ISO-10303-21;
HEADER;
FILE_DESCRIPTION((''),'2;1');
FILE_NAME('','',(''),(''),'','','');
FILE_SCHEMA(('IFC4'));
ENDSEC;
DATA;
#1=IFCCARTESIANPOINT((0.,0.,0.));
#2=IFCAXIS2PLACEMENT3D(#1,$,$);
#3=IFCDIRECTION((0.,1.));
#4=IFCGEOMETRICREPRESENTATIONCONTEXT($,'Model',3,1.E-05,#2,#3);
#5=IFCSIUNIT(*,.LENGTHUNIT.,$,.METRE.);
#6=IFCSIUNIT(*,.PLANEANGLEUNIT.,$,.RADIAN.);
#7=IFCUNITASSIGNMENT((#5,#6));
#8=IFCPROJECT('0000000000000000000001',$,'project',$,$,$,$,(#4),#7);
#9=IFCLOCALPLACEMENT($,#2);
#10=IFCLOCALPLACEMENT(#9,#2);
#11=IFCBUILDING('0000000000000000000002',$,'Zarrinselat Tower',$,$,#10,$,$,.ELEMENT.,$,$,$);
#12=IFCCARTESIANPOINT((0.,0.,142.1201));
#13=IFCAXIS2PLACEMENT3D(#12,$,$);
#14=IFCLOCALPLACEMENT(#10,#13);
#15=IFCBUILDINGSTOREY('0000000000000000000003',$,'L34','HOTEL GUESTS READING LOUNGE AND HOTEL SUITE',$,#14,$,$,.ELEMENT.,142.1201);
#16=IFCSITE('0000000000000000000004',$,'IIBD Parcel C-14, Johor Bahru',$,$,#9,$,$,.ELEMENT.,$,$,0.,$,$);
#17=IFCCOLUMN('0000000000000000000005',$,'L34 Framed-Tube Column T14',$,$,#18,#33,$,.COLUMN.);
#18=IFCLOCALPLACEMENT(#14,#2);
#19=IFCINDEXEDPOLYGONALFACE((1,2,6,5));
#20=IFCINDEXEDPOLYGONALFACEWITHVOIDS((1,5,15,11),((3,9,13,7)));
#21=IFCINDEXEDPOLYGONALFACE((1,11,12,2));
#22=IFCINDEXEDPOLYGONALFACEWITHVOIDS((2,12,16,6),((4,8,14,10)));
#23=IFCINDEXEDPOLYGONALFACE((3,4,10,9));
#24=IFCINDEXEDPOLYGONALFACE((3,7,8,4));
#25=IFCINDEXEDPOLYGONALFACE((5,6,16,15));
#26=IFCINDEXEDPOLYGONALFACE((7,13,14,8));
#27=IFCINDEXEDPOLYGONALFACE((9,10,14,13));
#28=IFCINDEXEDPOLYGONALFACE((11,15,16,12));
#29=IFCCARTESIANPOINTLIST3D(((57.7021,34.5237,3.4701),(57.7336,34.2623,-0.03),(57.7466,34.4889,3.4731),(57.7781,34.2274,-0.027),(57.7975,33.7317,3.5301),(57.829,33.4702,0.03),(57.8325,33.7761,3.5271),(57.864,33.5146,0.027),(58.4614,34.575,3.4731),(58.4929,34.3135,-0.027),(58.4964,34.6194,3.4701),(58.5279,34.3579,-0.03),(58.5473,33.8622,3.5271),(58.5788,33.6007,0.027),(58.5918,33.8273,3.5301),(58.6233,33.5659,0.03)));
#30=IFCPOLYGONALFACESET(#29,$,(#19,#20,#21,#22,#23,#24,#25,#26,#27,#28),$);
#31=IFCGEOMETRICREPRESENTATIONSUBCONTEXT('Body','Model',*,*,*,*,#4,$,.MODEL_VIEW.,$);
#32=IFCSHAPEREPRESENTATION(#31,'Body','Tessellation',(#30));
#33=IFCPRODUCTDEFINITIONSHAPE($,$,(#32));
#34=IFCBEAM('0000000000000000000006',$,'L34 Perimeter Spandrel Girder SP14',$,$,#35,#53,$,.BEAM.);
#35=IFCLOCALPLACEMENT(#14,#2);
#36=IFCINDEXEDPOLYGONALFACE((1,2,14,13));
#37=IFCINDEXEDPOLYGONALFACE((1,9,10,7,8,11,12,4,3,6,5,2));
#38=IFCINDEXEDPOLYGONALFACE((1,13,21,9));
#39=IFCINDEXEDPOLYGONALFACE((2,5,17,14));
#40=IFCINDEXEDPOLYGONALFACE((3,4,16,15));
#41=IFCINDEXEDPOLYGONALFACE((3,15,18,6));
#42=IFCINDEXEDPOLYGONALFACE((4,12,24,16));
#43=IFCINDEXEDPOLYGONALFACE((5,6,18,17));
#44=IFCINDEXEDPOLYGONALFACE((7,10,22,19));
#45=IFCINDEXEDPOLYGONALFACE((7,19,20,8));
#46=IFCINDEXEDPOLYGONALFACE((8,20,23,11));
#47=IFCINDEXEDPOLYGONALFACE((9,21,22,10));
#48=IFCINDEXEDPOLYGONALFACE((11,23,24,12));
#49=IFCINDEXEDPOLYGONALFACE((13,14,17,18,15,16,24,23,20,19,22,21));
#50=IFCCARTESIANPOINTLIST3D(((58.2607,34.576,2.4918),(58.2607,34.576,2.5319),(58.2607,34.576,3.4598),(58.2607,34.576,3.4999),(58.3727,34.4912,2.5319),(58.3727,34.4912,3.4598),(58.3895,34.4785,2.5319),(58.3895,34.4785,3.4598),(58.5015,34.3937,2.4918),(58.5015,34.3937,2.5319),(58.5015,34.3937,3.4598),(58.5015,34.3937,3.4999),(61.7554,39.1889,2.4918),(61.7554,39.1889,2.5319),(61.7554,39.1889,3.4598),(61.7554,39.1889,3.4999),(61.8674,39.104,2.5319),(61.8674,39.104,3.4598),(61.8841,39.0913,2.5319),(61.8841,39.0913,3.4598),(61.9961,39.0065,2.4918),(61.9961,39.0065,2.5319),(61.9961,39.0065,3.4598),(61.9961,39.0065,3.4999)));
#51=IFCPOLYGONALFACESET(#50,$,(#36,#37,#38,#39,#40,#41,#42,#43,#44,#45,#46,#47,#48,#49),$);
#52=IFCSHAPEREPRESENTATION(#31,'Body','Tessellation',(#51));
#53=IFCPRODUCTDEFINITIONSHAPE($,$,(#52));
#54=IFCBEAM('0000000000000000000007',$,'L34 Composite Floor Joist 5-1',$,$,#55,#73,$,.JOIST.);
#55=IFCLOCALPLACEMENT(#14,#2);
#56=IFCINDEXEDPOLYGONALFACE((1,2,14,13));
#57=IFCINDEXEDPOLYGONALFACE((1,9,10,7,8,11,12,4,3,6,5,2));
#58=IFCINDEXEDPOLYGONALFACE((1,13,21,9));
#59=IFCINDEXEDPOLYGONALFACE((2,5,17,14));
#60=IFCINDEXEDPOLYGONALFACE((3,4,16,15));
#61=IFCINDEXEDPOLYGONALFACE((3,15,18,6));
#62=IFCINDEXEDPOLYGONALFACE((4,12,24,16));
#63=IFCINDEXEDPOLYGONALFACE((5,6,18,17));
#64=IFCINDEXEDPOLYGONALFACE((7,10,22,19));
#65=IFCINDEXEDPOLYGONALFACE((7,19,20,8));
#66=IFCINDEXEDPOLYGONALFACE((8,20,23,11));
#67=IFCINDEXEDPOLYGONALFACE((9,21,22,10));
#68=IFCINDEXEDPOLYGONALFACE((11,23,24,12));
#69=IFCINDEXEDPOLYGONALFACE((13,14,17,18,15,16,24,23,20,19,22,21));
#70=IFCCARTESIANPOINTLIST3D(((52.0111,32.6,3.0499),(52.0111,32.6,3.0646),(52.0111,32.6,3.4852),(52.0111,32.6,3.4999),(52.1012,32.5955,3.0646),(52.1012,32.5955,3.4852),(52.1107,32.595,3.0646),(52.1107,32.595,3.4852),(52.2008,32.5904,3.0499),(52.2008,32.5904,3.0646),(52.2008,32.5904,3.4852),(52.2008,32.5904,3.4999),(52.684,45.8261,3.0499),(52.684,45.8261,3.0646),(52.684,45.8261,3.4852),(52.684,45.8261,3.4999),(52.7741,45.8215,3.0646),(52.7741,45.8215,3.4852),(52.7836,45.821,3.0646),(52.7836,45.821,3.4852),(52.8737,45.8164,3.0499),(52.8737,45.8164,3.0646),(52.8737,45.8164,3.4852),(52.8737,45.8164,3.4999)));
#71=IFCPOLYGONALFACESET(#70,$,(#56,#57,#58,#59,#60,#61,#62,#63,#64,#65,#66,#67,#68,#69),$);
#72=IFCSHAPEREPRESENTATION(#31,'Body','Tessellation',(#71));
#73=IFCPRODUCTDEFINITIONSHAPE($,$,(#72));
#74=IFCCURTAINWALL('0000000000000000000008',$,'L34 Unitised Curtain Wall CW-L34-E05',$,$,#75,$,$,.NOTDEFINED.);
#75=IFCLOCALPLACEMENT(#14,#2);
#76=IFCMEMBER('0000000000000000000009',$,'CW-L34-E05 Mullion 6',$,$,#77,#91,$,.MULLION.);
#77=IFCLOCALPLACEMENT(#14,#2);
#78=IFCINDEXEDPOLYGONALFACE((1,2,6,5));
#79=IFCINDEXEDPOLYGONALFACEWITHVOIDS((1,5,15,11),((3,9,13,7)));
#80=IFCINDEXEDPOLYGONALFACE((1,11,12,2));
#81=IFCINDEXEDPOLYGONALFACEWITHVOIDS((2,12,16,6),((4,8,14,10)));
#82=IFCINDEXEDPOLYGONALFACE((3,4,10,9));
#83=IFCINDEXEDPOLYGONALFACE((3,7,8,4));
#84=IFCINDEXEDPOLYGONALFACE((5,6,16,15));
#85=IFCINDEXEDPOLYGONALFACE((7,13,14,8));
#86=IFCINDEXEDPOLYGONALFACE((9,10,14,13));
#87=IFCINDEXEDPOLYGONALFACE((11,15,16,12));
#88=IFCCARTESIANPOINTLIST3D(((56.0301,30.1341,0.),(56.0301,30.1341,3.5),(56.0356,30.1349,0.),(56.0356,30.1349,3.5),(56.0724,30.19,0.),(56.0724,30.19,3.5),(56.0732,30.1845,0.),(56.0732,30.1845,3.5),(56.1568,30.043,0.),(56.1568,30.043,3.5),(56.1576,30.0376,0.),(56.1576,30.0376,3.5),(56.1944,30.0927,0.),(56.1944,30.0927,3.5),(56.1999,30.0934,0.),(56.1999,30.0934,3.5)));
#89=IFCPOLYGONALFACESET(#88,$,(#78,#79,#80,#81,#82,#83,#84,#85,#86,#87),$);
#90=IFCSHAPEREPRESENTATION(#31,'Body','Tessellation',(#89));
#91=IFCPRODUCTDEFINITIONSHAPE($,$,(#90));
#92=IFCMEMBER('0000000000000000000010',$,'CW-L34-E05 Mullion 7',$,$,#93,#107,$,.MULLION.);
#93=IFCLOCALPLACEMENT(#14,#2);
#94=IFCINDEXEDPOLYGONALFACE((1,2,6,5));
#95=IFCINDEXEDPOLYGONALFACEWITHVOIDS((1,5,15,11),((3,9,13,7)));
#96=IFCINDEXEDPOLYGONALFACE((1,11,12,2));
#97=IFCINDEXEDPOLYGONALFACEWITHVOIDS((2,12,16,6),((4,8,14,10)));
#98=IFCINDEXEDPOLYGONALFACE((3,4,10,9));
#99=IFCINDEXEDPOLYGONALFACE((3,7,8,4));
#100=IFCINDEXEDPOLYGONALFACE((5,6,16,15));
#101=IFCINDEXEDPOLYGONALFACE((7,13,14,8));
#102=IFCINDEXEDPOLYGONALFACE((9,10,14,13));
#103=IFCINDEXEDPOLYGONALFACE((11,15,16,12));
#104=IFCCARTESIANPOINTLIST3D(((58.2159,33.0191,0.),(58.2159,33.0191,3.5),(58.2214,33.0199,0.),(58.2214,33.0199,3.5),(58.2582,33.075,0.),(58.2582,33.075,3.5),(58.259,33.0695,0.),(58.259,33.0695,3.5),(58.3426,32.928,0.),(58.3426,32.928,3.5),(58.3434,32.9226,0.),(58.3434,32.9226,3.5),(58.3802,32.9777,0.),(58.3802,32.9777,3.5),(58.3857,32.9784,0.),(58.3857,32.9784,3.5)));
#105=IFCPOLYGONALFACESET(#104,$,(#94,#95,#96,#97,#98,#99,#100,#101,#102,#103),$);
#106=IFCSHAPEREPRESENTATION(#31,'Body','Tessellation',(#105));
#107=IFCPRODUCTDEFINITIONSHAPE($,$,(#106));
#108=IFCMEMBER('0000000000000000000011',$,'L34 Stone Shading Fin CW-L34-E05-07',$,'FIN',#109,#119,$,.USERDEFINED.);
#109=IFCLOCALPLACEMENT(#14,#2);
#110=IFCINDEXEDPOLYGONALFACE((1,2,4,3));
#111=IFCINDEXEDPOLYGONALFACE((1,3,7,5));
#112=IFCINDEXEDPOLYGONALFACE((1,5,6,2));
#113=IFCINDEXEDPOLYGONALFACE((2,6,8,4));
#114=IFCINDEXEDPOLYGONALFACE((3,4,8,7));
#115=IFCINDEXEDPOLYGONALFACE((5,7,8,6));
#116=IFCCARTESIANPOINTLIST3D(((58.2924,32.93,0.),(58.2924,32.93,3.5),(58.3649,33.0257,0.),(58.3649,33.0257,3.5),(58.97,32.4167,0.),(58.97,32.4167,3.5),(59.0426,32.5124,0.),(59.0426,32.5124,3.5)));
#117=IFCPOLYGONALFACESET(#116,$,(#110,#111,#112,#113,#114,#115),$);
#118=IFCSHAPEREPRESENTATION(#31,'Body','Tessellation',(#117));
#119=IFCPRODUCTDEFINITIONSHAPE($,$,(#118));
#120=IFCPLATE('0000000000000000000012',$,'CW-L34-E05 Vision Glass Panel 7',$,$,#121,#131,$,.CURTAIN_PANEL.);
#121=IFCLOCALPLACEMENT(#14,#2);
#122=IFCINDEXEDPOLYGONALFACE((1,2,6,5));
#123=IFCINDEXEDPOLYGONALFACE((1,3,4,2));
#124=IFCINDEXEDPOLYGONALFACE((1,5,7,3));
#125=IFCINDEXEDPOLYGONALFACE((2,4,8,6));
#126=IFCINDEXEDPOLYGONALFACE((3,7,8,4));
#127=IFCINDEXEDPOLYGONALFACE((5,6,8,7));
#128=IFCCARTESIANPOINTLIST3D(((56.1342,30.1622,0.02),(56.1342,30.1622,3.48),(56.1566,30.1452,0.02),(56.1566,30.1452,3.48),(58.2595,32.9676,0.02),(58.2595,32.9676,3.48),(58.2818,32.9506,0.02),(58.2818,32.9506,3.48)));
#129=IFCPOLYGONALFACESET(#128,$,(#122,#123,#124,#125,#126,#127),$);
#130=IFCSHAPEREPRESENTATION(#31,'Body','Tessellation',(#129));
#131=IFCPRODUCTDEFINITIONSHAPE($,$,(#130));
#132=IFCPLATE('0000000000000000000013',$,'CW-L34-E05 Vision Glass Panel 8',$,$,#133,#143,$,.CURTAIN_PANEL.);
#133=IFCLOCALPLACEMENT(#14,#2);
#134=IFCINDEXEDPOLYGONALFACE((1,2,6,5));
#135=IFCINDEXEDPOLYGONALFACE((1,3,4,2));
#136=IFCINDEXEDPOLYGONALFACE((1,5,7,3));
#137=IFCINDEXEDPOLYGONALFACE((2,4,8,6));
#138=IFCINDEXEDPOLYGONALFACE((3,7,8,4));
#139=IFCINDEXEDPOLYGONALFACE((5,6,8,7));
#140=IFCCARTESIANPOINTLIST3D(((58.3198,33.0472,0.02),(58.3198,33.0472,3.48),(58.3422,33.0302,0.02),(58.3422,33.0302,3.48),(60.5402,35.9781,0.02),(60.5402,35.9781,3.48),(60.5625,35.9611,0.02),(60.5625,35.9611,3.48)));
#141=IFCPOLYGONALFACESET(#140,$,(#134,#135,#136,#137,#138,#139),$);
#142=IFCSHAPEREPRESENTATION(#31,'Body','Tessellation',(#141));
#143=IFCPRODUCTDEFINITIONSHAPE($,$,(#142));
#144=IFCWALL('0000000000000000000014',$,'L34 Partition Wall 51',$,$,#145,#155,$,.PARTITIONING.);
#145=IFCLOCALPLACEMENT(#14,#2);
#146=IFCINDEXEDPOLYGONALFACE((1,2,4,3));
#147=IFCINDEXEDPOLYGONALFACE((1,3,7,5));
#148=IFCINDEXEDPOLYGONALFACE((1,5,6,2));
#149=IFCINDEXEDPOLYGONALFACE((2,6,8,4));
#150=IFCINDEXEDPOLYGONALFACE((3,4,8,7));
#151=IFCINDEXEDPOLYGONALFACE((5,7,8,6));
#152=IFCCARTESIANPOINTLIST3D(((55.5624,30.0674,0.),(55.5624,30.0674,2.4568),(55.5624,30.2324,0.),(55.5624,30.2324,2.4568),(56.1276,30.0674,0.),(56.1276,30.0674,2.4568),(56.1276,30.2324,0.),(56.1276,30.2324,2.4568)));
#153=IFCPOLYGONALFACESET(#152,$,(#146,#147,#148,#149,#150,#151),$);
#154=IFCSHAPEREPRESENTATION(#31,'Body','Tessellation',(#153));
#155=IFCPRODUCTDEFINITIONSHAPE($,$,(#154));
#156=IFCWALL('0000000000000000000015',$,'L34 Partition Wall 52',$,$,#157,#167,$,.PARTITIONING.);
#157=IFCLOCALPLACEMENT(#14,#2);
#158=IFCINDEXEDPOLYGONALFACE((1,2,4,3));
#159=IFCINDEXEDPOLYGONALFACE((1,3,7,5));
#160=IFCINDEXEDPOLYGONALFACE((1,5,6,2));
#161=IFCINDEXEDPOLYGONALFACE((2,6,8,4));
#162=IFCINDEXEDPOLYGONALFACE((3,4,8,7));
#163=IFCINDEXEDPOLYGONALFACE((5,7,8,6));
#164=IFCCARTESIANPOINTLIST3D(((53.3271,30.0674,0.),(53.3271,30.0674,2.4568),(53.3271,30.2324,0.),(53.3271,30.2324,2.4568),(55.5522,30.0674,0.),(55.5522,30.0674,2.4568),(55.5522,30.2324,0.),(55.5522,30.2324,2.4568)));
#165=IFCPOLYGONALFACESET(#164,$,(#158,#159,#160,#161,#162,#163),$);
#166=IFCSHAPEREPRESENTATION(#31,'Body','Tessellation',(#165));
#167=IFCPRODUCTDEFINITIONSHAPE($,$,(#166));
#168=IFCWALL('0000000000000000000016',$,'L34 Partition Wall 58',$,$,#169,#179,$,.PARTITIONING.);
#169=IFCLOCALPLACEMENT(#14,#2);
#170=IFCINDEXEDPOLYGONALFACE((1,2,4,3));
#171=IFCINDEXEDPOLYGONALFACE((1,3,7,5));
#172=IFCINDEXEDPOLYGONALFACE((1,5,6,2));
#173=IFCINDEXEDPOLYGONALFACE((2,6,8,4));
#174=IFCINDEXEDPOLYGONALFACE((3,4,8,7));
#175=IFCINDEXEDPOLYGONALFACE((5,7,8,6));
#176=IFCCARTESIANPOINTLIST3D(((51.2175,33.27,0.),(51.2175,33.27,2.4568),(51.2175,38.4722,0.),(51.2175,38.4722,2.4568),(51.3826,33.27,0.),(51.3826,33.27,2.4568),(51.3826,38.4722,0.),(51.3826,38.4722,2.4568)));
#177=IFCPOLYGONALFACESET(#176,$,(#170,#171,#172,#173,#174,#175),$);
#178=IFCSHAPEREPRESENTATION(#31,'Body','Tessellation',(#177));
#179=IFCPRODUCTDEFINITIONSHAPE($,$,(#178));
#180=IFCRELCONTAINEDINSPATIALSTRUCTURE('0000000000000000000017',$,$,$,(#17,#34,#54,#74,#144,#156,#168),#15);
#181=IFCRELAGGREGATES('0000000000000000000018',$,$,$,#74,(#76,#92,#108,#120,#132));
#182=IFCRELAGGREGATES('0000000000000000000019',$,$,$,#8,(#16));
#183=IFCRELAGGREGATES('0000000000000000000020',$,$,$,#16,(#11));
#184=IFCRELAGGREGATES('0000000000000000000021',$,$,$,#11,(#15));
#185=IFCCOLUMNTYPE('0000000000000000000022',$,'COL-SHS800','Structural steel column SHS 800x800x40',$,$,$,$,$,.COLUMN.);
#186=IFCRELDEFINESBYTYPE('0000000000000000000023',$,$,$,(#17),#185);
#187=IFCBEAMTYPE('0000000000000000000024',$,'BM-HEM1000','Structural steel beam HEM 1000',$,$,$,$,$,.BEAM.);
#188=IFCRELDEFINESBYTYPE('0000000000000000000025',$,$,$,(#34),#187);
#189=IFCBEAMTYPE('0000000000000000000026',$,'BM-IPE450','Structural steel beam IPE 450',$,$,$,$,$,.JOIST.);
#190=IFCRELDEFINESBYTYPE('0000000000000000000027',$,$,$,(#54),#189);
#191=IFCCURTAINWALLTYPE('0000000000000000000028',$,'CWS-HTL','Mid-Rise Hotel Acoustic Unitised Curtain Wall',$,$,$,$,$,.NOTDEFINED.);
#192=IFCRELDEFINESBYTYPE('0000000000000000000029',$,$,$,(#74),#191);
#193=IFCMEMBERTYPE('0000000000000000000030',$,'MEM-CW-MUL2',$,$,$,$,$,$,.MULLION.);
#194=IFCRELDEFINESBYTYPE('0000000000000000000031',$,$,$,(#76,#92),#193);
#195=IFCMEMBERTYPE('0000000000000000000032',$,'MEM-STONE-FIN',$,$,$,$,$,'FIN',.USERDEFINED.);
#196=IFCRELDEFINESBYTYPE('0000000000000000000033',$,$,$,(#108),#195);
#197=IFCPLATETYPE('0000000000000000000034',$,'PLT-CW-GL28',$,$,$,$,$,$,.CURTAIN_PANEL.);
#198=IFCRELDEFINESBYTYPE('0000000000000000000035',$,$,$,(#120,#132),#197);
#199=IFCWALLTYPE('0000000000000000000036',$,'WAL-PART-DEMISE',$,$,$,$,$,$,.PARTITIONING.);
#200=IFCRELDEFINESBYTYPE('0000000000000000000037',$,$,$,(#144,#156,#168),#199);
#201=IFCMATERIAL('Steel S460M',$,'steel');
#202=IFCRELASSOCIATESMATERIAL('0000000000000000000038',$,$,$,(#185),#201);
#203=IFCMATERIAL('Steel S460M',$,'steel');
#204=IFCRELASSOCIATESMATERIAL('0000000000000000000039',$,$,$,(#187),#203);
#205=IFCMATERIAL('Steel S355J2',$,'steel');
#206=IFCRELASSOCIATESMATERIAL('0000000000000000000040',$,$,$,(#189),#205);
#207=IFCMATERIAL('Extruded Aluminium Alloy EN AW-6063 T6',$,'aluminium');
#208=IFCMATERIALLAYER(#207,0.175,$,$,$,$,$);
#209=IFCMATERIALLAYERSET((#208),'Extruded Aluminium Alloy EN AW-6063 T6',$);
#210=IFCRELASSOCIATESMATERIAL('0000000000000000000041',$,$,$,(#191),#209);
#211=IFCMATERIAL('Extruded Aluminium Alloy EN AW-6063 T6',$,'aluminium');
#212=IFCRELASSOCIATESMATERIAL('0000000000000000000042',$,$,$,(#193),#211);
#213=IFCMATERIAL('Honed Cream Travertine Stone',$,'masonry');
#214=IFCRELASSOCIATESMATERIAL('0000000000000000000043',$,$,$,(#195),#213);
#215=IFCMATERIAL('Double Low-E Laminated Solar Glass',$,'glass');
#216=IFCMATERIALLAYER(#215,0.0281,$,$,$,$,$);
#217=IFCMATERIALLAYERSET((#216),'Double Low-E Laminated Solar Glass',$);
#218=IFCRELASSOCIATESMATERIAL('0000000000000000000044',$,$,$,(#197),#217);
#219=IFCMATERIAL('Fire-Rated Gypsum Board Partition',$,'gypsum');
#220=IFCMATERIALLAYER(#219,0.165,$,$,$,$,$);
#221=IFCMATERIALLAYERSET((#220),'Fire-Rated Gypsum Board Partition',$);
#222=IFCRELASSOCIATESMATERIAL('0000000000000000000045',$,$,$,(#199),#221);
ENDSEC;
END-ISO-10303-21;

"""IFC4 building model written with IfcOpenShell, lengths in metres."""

from ifc_helpers import new_model, si_unit, direction, frame, frame_2d, origin, origin_2d, place, context, subcontext, project, spatial, rectangle, hollow_rectangle, i_section, extrude, material, layer, layer_set, material_profile, profile_set, type_object, element, aggregate, save


model = new_model("IFC4")

# Units and contexts
model_context = context("Model", 3, precision=1e-05, world=origin(), true_north=direction((0.0, 1.0)))
body_context = subcontext(model_context, "Body", "Model", "MODEL_VIEW")
ifc_project = project(units=[si_unit("LENGTHUNIT", "METRE"), si_unit("PLANEANGLEUNIT", "RADIAN")], contexts=[model_context])

# Site, building, storey
site_placement = place(None, origin())
site = spatial("IfcSite", under=ifc_project, at=site_placement, Name="IIBD Parcel C-14, Johor Bahru", CompositionType="ELEMENT", RefElevation=0.0)
building_placement = place(site_placement, origin())
building = spatial("IfcBuilding", under=site, at=building_placement, Name="Zarrinselat Tower", CompositionType="ELEMENT")
storey_placement = place(building_placement, frame((0.0, 0.0, 142.1201)))
storey = spatial("IfcBuildingStorey", under=building, at=storey_placement, Name="L34", Description="HOTEL GUESTS READING LOUNGE AND HOTEL SUITE", CompositionType="ELEMENT", Elevation=142.1201)

# Column
ifc_material_1 = material(Name="Steel S460M", Category="steel")
ifc_material_profile_1 = material_profile(ifc_material_1, hollow_rectangle(XDim=0.8, YDim=0.8, WallThickness=0.04, at=origin_2d()), Name="SHS 800x800x40")
ifc_profile_set_1 = profile_set([ifc_material_profile_1], Name="Steel S460M")
column_type = type_object("IfcColumnType", Name="COL-SHS800", Description="Structural steel column SHS 800x800x40", PredefinedType="COLUMN", material=ifc_profile_set_1)
column_placement = place(storey_placement, frame((58.1785, 33.9141, 0.0), z_axis=(-0.008973, 0.074496, 0.997181), x_axis=(-0.992824, -0.119584, 0.0)))
element("IfcColumn", 1, at=column_placement, inside=storey, type_object=column_type, Name="L34 Framed-Tube Column T14", PredefinedType="COLUMN", context=body_context, shape_type="SweptSolid", body=[
    extrude(hollow_rectangle(XDim=0.8, YDim=0.8, WallThickness=0.04, at=origin_2d()), origin(), (0.0, 0.0, 1.0), 3.51),
])

# Beams
ifc_material_2 = material(Name="Steel S460M", Category="steel")
ifc_material_profile_2 = material_profile(ifc_material_2, i_section(OverallWidth=0.302, OverallDepth=1.0081, WebThickness=0.021, FlangeThickness=0.04, at=origin_2d()), Name="HEM 1000")
ifc_profile_set_2 = profile_set([ifc_material_profile_2], Name="Steel S460M")
beam_type_1 = type_object("IfcBeamType", Name="BM-HEM1000", Description="Structural steel beam HEM 1000", PredefinedType="BEAM", material=ifc_profile_set_2)
beam_1_placement = place(storey_placement, frame((58.3811, 34.4849, 2.9958), z_axis=(0.603867, 0.797085, 0.0), x_axis=(-0.797085, 0.603867, 0.0)))
element("IfcBeam", 2, at=beam_1_placement, inside=storey, type_object=beam_type_1, Name="L34 Perimeter Spandrel Girder SP14", PredefinedType="BEAM", context=body_context, shape_type="SweptSolid", body=[
    extrude(i_section(OverallWidth=0.302, OverallDepth=1.0081, WebThickness=0.021, FlangeThickness=0.04, at=origin_2d()), origin(), (0.0, 0.0, 1.0), 5.7871),
])
ifc_material_3 = material(Name="Steel S355J2", Category="steel")
ifc_material_profile_3 = material_profile(ifc_material_3, i_section(OverallWidth=0.1899, OverallDepth=0.45, WebThickness=0.0095, FlangeThickness=0.0146, at=origin_2d()), Name="IPE 450")
ifc_profile_set_3 = profile_set([ifc_material_profile_3], Name="Steel S355J2")
beam_type_2 = type_object("IfcBeamType", Name="BM-IPE450", Description="Structural steel beam IPE 450", PredefinedType="JOIST", material=ifc_profile_set_3)
beam_2_placement = place(storey_placement, frame((52.106, 32.5952, 3.2749), z_axis=(0.050807, 0.998708, 0.0), x_axis=(-0.998708, 0.050807, 0.0)))
element("IfcBeam", 3, at=beam_2_placement, inside=storey, type_object=beam_type_2, Name="L34 Composite Floor Joist 5-1", PredefinedType="JOIST", context=body_context, shape_type="SweptSolid", body=[
    extrude(i_section(OverallWidth=0.1899, OverallDepth=0.45, WebThickness=0.0095, FlangeThickness=0.0146, at=origin_2d()), origin(), (0.0, 0.0, 1.0), 13.2432),
])

# Curtain wall, members, plates
ifc_material_4 = material(Name="Extruded Aluminium Alloy EN AW-6063 T6", Category="aluminium")
ifc_layer_1 = layer(ifc_material_4, 0.175)
ifc_layer_set_1 = layer_set([ifc_layer_1], Name="Extruded Aluminium Alloy EN AW-6063 T6")
curtain_wall_type = type_object("IfcCurtainWallType", Name="CWS-HTL", Description="Mid-Rise Hotel Acoustic Unitised Curtain Wall", PredefinedType="NOTDEFINED", material=ifc_layer_set_1)
curtain_wall_placement = place(storey_placement, origin())
curtain_wall = element("IfcCurtainWall", 4, at=curtain_wall_placement, inside=storey, type_object=curtain_wall_type, Name="L34 Unitised Curtain Wall CW-L34-E05", PredefinedType="NOTDEFINED")
ifc_material_5 = material(Name="Extruded Aluminium Alloy EN AW-6063 T6", Category="aluminium")
ifc_material_profile_4 = material_profile(ifc_material_5, hollow_rectangle(XDim=0.0701, YDim=0.1599, WallThickness=0.0039, at=origin_2d()), Name="RHS 160x70x4")
ifc_profile_set_4 = profile_set([ifc_material_profile_4], Name="Extruded Aluminium Alloy EN AW-6063 T6")
member_type_1 = type_object("IfcMemberType", Name="MEM-CW-MUL2", PredefinedType="MULLION", material=ifc_profile_set_4)
member_1_placement = place(storey_placement, frame((56.115, 30.1138, 0.0), z_axis=(0.0, 0.0, 1.0), x_axis=(0.603856, 0.797094, 0.0)))
member_1 = element("IfcMember", 5, at=member_1_placement, type_object=member_type_1, Name="CW-L34-E05 Mullion 6", PredefinedType="MULLION", context=body_context, shape_type="SweptSolid", body=[
    extrude(hollow_rectangle(XDim=0.0701, YDim=0.1599, WallThickness=0.0039, at=origin_2d()), origin(), (0.0, 0.0, 1.0), 3.5),
])
member_2_placement = place(storey_placement, frame((58.3008, 32.9988, 0.0), z_axis=(0.0, 0.0, 1.0), x_axis=(0.603856, 0.797094, 0.0)))
member_2 = element("IfcMember", 6, at=member_2_placement, type_object=member_type_1, Name="CW-L34-E05 Mullion 7", PredefinedType="MULLION", context=body_context, shape_type="SweptSolid", body=[
    extrude(hollow_rectangle(XDim=0.0701, YDim=0.1599, WallThickness=0.0039, at=origin_2d()), origin(), (0.0, 0.0, 1.0), 3.5),
])
ifc_material_6 = material(Name="Honed Cream Travertine Stone", Category="masonry")
ifc_material_profile_5 = material_profile(ifc_material_6, rectangle(XDim=0.1201, YDim=0.8501, at=origin_2d()), Name="FIN 850x120")
ifc_profile_set_5 = profile_set([ifc_material_profile_5], Name="Honed Cream Travertine Stone")
member_type_2 = type_object("IfcMemberType", Name="MEM-STONE-FIN", ElementType="FIN", PredefinedType="USERDEFINED", material=ifc_profile_set_5)
member_3_placement = place(storey_placement, frame((58.6675, 32.7212, 0.0), z_axis=(0.0, 0.0, 1.0), x_axis=(-0.603856, -0.797094, 0.0)))
member_3 = element("IfcMember", 7, at=member_3_placement, type_object=member_type_2, Name="L34 Stone Shading Fin CW-L34-E05-07", ObjectType="FIN", PredefinedType="USERDEFINED", context=body_context, shape_type="SweptSolid", body=[
    extrude(rectangle(XDim=0.1201, YDim=0.8501, at=origin_2d()), origin(), (0.0, 0.0, 1.0), 3.5),
])
ifc_material_7 = material(Name="Double Low-E Laminated Solar Glass", Category="glass")
ifc_layer_2 = layer(ifc_material_7, 0.0281)
ifc_layer_set_2 = layer_set([ifc_layer_2], Name="Double Low-E Laminated Solar Glass")
plate_type = type_object("IfcPlateType", Name="PLT-CW-GL28", PredefinedType="CURTAIN_PANEL", material=ifc_layer_set_2)
plate_1_placement = place(storey_placement, frame((57.208, 31.5564, 0.02), z_axis=(0.0, 0.0, 1.0), x_axis=(0.603856, 0.797094, 0.0)))
plate_1 = element("IfcPlate", 8, at=plate_1_placement, type_object=plate_type, Name="CW-L34-E05 Vision Glass Panel 7", PredefinedType="CURTAIN_PANEL", context=body_context, shape_type="SweptSolid", body=[
    extrude(rectangle(XDim=3.5195, YDim=0.0281, at=origin_2d()), origin(), (0.0, 0.0, 1.0), 3.46),
])
plate_2_placement = place(storey_placement, frame((59.4412, 34.5042, 0.02), z_axis=(0.0, 0.0, 1.0), x_axis=(0.603856, 0.797094, 0.0)))
plate_2 = element("IfcPlate", 9, at=plate_2_placement, type_object=plate_type, Name="CW-L34-E05 Vision Glass Panel 8", PredefinedType="CURTAIN_PANEL", context=body_context, shape_type="SweptSolid", body=[
    extrude(rectangle(XDim=3.677, YDim=0.0281, at=origin_2d()), origin(), (0.0, 0.0, 1.0), 3.46),
])
aggregate(curtain_wall, [member_1, member_2, member_3, plate_1, plate_2])

# Walls
ifc_material_8 = material(Name="Fire-Rated Gypsum Board Partition", Category="gypsum")
ifc_layer_3 = layer(ifc_material_8, 0.165)
ifc_layer_set_3 = layer_set([ifc_layer_3], Name="Fire-Rated Gypsum Board Partition")
wall_type_1 = type_object("IfcWallType", Name="WAL-PART-DEMISE", PredefinedType="PARTITIONING", material=ifc_layer_set_3)
wall_1_placement = place(storey_placement, frame((55.5623, 30.1499, 0.0), z_axis=(0.0, 0.0, 1.0), x_axis=(1.0, 0.0, 0.0)))
element("IfcWall", 10, at=wall_1_placement, inside=storey, type_object=wall_type_1, Name="L34 Partition Wall 51", PredefinedType="PARTITIONING", context=body_context, shape_type="SweptSolid", body=[
    extrude(rectangle(XDim=0.5652, YDim=0.165, at=frame_2d((0.2827, 0.0))), origin(), (0.0, 0.0, 1.0), 2.4568),
])
wall_2_placement = place(storey_placement, frame((53.3271, 30.1499, 0.0), z_axis=(0.0, 0.0, 1.0), x_axis=(1.0, 0.0, 0.0)))
element("IfcWall", 11, at=wall_2_placement, inside=storey, type_object=wall_type_1, Name="L34 Partition Wall 52", PredefinedType="PARTITIONING", context=body_context, shape_type="SweptSolid", body=[
    extrude(rectangle(XDim=2.2251, YDim=0.165, at=frame_2d((1.1125, 0.0))), origin(), (0.0, 0.0, 1.0), 2.4568),
])
wall_3_placement = place(storey_placement, frame((51.3, 33.27, 0.0), z_axis=(0.0, 0.0, 1.0), x_axis=(0.0, 1.0, 0.0)))
element("IfcWall", 12, at=wall_3_placement, inside=storey, type_object=wall_type_1, Name="L34 Partition Wall 58", PredefinedType="PARTITIONING", context=body_context, shape_type="SweptSolid", body=[
    extrude(rectangle(XDim=5.2021, YDim=0.165, at=frame_2d((2.6011, 0.0))), origin(), (0.0, 0.0, 1.0), 2.4568),
])

save(model, "model.ifc")
